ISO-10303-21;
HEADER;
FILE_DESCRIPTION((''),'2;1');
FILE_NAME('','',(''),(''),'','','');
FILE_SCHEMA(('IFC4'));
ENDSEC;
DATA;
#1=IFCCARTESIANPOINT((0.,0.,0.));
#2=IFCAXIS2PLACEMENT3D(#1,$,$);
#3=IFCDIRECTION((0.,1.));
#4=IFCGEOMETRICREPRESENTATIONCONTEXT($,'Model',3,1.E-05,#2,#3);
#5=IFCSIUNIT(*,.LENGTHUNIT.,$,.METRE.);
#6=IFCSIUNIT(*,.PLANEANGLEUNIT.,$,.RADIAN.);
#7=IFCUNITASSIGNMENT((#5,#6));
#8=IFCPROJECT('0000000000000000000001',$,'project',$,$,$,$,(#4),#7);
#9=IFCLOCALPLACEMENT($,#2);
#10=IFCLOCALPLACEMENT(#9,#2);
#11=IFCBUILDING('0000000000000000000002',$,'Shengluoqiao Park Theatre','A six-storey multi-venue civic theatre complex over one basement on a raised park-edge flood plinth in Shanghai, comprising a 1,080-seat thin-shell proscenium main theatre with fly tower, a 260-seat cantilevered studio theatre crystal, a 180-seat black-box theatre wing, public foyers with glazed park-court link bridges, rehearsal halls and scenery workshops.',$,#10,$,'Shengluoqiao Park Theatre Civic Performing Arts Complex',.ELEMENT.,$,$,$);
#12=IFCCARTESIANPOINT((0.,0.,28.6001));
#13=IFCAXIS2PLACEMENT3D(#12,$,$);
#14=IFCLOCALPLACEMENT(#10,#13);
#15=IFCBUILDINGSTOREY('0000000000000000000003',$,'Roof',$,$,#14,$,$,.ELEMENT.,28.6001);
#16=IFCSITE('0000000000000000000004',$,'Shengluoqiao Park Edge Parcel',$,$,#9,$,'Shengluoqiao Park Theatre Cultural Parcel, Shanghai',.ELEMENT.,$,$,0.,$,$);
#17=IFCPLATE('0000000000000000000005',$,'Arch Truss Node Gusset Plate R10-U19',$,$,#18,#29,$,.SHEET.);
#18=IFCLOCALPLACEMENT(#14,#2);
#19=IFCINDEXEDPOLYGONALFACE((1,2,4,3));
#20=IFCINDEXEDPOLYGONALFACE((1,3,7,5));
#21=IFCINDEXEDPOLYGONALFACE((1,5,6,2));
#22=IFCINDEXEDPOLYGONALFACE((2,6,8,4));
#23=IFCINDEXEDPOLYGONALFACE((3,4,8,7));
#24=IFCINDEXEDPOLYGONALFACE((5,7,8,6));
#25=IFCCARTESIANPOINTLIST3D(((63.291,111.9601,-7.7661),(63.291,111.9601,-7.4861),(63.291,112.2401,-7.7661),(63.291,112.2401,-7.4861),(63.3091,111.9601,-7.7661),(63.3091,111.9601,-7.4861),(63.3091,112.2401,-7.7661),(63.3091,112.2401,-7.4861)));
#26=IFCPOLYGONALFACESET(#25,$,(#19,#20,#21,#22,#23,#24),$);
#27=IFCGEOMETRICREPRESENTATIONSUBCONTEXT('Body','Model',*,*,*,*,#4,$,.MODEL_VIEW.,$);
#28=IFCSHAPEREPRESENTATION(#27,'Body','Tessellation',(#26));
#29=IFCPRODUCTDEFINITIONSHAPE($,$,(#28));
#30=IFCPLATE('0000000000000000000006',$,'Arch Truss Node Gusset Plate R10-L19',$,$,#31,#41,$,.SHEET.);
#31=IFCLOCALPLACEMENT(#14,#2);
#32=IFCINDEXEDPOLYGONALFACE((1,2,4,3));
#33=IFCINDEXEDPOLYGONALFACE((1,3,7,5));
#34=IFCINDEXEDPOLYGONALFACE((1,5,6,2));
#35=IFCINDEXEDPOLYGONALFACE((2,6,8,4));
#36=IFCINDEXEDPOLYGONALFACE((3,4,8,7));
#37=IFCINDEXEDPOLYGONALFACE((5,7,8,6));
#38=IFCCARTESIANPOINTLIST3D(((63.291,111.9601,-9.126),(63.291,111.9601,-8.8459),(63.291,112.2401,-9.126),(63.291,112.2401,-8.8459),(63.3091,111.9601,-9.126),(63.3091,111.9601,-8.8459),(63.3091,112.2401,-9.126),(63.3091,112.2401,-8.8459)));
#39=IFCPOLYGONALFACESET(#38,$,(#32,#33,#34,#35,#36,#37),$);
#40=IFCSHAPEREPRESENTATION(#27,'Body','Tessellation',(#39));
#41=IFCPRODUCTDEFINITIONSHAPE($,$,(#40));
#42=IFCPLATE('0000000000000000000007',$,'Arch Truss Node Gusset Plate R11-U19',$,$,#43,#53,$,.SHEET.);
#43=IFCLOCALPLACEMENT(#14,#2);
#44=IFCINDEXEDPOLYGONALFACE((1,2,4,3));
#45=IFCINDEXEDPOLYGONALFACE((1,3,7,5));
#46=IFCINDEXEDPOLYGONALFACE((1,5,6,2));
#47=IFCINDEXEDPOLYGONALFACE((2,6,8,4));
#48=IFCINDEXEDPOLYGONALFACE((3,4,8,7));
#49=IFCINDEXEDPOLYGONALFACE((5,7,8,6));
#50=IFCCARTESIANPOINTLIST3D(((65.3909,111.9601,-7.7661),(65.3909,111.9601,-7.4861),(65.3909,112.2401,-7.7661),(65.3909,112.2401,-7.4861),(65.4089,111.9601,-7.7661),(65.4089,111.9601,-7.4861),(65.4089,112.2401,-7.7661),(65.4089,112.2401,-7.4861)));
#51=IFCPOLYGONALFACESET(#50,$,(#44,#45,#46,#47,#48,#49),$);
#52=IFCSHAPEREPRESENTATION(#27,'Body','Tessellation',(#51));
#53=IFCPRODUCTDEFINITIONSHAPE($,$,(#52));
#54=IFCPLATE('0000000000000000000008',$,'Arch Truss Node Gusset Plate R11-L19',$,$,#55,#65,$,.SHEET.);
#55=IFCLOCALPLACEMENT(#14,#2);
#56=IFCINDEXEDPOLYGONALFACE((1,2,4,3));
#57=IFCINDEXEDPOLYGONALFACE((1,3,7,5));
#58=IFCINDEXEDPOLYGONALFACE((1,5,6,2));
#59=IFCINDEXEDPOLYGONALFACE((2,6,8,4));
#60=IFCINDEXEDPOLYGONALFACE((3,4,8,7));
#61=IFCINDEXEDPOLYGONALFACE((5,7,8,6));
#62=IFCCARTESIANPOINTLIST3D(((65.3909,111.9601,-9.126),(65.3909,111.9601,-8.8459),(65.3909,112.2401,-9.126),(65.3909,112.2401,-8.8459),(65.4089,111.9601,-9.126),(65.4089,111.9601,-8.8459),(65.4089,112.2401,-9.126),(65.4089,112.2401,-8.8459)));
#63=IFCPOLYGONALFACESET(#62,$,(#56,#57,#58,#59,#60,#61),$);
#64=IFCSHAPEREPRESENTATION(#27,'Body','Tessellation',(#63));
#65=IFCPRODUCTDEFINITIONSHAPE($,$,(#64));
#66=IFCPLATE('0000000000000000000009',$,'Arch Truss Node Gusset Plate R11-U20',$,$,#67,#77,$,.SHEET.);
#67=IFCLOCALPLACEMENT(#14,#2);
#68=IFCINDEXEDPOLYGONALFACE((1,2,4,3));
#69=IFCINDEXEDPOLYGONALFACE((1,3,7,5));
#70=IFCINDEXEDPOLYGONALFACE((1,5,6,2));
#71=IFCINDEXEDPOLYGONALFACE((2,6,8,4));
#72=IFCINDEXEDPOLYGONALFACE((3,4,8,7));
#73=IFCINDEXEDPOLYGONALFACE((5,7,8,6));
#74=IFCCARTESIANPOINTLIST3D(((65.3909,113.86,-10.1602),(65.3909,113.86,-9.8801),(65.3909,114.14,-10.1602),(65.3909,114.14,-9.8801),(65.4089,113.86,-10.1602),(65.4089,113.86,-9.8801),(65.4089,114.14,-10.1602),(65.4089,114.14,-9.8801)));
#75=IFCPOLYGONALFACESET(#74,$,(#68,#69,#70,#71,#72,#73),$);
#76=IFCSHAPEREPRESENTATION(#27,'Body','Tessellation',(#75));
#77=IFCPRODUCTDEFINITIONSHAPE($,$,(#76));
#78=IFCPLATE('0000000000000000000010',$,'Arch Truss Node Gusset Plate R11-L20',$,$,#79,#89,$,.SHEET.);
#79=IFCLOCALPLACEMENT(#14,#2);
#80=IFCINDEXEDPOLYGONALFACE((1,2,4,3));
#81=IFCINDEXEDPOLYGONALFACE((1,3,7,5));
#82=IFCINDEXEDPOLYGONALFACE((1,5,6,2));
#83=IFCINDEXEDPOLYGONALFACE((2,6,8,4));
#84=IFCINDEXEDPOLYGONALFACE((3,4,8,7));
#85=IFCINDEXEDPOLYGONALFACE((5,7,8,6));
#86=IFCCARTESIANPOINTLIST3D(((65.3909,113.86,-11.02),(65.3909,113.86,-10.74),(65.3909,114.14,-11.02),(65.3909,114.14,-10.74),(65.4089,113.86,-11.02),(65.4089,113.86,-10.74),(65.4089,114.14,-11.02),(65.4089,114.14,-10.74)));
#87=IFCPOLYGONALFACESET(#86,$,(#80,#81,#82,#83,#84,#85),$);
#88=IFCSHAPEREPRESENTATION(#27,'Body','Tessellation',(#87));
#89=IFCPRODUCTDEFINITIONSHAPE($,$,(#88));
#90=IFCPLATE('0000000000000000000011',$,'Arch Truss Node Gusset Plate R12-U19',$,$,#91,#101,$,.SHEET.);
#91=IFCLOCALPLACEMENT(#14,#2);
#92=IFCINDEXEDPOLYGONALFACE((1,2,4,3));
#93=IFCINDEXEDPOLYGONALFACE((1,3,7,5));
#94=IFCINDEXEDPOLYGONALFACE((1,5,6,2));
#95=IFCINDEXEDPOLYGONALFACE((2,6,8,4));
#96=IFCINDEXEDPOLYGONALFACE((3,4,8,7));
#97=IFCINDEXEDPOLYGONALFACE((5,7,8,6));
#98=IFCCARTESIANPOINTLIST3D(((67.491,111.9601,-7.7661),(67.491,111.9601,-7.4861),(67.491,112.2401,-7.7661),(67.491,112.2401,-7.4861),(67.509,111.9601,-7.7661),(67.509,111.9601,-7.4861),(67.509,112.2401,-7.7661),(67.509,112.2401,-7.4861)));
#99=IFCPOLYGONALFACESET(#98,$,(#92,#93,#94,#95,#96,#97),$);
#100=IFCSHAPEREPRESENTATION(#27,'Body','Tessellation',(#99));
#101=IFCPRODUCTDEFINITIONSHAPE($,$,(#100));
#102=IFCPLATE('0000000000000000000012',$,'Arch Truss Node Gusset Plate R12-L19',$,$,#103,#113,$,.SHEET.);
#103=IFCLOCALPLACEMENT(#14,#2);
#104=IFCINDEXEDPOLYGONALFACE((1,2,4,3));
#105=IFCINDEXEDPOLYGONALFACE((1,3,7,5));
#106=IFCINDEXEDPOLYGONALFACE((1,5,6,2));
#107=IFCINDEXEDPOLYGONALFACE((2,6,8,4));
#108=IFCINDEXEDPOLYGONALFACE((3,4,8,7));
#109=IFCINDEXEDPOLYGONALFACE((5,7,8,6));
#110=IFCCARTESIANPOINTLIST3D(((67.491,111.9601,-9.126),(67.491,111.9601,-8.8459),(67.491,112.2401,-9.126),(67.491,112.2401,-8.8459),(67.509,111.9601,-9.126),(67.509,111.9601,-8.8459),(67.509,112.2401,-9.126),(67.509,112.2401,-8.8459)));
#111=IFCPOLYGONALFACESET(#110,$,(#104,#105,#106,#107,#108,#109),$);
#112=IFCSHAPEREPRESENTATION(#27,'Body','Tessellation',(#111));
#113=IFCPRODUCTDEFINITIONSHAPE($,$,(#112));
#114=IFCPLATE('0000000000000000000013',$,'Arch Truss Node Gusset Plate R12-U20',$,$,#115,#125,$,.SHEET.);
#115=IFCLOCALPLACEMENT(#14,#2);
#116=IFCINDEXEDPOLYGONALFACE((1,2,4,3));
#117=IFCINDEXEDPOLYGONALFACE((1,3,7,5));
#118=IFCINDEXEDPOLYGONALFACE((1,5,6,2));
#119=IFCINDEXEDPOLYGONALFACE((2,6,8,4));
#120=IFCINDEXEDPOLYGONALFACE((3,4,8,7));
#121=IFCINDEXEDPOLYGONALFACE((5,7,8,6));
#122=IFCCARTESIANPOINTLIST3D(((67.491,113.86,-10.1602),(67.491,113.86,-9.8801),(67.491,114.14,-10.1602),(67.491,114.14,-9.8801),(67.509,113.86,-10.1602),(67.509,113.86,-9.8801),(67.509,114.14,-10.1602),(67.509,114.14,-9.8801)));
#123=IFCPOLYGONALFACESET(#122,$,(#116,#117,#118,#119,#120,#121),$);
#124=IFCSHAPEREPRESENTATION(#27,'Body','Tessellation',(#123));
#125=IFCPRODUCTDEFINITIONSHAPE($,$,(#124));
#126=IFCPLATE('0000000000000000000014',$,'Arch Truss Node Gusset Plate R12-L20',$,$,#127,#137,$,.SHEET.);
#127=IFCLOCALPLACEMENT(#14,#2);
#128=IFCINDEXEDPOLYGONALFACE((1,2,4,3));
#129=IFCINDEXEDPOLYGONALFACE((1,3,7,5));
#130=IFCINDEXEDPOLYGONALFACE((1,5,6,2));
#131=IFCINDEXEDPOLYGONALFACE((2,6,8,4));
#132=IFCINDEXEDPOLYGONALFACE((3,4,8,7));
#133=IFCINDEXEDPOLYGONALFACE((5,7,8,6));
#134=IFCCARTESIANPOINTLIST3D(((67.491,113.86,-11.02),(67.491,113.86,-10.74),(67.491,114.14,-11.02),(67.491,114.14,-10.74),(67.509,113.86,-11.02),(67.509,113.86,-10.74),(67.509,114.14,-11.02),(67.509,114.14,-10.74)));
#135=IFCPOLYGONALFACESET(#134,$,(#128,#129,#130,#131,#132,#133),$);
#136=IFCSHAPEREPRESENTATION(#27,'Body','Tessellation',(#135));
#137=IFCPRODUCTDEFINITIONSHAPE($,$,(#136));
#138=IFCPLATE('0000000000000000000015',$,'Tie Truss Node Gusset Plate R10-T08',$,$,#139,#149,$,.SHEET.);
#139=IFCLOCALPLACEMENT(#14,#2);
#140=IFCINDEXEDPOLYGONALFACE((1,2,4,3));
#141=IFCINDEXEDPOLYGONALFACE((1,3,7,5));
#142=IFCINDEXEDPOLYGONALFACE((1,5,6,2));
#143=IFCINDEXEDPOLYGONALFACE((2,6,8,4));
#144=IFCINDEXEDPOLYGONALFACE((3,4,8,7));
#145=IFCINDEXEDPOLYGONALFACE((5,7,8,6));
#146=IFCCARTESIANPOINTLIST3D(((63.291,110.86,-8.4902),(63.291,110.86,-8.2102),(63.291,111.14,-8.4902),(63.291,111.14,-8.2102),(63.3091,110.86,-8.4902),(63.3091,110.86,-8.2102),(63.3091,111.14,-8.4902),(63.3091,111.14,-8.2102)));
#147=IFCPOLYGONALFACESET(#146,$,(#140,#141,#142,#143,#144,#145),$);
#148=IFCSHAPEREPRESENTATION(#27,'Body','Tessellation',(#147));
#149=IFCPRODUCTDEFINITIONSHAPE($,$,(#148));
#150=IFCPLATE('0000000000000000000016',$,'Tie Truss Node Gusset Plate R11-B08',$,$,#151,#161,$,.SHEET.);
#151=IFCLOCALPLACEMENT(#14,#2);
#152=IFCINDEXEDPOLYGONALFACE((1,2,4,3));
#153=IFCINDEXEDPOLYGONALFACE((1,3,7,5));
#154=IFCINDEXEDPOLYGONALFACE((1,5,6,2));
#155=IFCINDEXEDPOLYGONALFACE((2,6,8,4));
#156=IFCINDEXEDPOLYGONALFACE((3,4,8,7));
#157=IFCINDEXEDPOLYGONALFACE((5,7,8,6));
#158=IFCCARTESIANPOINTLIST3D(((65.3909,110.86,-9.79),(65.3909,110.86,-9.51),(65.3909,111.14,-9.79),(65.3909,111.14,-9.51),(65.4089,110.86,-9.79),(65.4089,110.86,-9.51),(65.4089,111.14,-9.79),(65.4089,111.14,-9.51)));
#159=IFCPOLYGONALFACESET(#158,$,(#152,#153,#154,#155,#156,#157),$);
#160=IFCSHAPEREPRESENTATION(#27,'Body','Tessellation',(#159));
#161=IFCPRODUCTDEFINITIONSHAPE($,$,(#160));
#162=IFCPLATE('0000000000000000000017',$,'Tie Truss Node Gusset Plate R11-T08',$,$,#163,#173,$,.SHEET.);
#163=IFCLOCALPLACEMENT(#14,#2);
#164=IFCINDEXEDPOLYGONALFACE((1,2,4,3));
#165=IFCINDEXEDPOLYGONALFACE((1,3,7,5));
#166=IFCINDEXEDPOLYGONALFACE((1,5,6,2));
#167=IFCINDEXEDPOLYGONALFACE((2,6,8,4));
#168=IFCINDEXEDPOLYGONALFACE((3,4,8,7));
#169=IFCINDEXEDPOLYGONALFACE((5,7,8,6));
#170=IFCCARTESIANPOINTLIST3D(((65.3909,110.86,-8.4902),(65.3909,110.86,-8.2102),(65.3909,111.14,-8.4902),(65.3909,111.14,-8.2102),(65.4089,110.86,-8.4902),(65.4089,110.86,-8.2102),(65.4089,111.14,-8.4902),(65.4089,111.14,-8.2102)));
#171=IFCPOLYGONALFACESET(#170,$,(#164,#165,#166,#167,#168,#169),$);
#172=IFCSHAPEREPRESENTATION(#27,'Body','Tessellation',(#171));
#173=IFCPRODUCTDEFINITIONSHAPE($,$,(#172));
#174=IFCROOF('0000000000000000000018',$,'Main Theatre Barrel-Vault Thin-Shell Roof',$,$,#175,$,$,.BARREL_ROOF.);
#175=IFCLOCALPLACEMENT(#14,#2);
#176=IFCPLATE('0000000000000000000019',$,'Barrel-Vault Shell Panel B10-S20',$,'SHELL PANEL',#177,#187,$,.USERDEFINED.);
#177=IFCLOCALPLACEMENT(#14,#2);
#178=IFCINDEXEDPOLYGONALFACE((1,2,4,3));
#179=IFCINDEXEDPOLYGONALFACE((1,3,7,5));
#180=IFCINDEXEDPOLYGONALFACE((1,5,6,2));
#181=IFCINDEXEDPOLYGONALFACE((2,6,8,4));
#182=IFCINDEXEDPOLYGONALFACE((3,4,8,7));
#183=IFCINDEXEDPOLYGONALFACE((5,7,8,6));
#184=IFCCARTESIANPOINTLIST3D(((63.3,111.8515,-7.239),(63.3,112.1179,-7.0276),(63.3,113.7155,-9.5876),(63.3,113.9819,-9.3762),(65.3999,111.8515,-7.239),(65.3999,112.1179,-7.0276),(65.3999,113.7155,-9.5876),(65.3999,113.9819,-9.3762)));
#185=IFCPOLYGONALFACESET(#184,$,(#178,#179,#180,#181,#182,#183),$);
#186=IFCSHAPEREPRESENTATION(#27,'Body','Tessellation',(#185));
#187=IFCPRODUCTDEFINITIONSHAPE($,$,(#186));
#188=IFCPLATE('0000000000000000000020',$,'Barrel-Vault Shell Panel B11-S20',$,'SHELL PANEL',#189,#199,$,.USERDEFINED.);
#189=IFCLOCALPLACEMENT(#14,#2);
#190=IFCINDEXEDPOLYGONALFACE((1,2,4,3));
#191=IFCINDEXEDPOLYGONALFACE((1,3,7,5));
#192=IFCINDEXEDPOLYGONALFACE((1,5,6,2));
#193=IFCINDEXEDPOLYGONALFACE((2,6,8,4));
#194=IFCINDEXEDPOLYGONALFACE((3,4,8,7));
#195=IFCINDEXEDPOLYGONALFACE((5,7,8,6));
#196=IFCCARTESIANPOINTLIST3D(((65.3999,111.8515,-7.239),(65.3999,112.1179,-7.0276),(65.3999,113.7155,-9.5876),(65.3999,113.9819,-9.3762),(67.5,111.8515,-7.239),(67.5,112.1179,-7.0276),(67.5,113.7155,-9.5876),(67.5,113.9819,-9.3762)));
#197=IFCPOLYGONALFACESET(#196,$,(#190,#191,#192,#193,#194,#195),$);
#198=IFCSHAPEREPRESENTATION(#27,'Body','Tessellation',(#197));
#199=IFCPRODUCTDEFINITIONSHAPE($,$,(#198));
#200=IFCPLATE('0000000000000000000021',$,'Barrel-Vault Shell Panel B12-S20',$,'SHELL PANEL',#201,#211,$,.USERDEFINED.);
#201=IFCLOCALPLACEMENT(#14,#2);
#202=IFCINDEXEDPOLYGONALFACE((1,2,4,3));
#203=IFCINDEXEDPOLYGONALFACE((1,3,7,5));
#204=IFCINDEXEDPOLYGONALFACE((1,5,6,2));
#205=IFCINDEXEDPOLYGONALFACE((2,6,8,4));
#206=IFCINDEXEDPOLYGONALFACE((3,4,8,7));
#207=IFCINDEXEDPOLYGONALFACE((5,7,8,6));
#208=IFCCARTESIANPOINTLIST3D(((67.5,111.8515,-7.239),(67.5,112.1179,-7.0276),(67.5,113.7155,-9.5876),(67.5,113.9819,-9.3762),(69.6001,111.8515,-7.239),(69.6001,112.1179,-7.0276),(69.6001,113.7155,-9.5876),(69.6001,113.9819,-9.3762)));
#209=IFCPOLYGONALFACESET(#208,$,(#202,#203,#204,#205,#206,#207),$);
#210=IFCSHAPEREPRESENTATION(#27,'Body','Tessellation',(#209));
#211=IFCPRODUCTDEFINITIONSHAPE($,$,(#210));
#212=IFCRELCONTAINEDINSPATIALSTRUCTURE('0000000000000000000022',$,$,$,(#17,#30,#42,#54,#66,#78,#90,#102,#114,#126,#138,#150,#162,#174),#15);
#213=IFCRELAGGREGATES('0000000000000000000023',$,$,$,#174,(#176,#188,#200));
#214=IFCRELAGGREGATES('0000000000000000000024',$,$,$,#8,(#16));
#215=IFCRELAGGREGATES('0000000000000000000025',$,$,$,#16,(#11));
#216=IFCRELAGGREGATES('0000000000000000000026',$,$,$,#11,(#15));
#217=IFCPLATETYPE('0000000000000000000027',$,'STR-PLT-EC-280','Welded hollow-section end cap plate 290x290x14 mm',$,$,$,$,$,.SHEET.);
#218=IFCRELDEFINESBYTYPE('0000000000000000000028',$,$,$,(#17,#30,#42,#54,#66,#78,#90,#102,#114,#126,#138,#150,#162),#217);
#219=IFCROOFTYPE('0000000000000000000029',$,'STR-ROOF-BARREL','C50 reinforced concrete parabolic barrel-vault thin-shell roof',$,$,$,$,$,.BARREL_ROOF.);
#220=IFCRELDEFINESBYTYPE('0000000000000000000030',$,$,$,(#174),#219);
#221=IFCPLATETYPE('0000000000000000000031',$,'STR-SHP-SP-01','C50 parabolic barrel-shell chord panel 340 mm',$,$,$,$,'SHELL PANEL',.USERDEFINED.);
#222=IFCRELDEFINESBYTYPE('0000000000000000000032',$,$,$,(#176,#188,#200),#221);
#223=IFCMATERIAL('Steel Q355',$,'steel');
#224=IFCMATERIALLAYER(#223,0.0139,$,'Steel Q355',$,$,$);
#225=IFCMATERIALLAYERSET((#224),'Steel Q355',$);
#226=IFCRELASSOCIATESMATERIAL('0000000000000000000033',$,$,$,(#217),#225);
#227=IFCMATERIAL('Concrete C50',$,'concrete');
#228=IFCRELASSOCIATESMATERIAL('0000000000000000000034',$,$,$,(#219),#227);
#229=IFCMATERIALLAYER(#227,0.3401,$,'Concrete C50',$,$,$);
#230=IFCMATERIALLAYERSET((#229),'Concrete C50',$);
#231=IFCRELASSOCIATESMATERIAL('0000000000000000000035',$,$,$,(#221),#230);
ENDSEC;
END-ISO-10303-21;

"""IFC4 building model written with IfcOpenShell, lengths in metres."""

from ifc_helpers import new_model, si_unit, direction, frame, origin, origin_2d, place, context, subcontext, project, spatial, polyline, rectangle, outline, extrude, material, layer, layer_set, type_object, element, aggregate, save


model = new_model("IFC4")

# Units and contexts
model_context = context("Model", 3, precision=1e-05, world=origin(), true_north=direction((0.0, 1.0)))
body_context = subcontext(model_context, "Body", "Model", "MODEL_VIEW")
ifc_project = project(units=[si_unit("LENGTHUNIT", "METRE"), si_unit("PLANEANGLEUNIT", "RADIAN")], contexts=[model_context])

# Site, building, storey
site_placement = place(None, origin())
site = spatial("IfcSite", under=ifc_project, at=site_placement, Name="Shengluoqiao Park Edge Parcel", LongName="Shengluoqiao Park Theatre Cultural Parcel, Shanghai", CompositionType="ELEMENT", RefElevation=0.0)
building_placement = place(site_placement, origin())
building = spatial("IfcBuilding", under=site, at=building_placement, Name="Shengluoqiao Park Theatre", Description="A six-storey multi-venue civic theatre complex over one basement on a raised park-edge flood plinth in Shanghai, comprising a 1,080-seat thin-shell proscenium main theatre with fly tower, a 260-seat cantilevered studio theatre crystal, a 180-seat black-box theatre wing, public foyers with glazed park-court link bridges, rehearsal halls and scenery workshops.", LongName="Shengluoqiao Park Theatre Civic Performing Arts Complex", CompositionType="ELEMENT")
storey_placement = place(building_placement, frame((0.0, 0.0, 28.6001)))
storey = spatial("IfcBuildingStorey", under=building, at=storey_placement, Name="Roof", CompositionType="ELEMENT", Elevation=28.6001)

# Shared definitions
ifc_material_1 = material(Name="Concrete C50", Category="concrete")
ifc_material_2 = material(Name="Steel Q355", Category="steel")

# Plates
ifc_layer_1 = layer(ifc_material_2, 0.0139, Name="Steel Q355")
ifc_layer_set_1 = layer_set([ifc_layer_1], Name="Steel Q355")
plate_type_1 = type_object("IfcPlateType", Name="STR-PLT-EC-280", Description="Welded hollow-section end cap plate 290x290x14 mm", PredefinedType="SHEET", material=ifc_layer_set_1)
for number, where, z_axis, x_axis, name in (
    (1, (63.3, 112.1001, -7.7661), (0.0, 0.0, 1.0), (1.0, 0.0, 0.0), "Arch Truss Node Gusset Plate R10-U19"),
    (2, (63.3, 112.1001, -9.126), (0.0, 0.0, 1.0), (1.0, 0.0, 0.0), "Arch Truss Node Gusset Plate R10-L19"),
    (3, (65.3999, 112.1001, -7.7661), (0.0, 0.0, 1.0), (1.0, 0.0, 0.0), "Arch Truss Node Gusset Plate R11-U19"),
    (4, (65.3999, 112.1001, -9.126), (0.0, 0.0, 1.0), (1.0, 0.0, 0.0), "Arch Truss Node Gusset Plate R11-L19"),
    (5, (65.3999, 114.0, -10.1602), (0.0, 0.0, 1.0), (1.0, 0.0, 0.0), "Arch Truss Node Gusset Plate R11-U20"),
    (6, (65.3999, 114.0, -11.02), (0.0, 0.0, 1.0), (1.0, 0.0, 0.0), "Arch Truss Node Gusset Plate R11-L20"),
    (7, (67.5, 112.1001, -7.7661), (0.0, 0.0, 1.0), (1.0, 0.0, 0.0), "Arch Truss Node Gusset Plate R12-U19"),
    (8, (67.5, 112.1001, -9.126), (0.0, 0.0, 1.0), (1.0, 0.0, 0.0), "Arch Truss Node Gusset Plate R12-L19"),
    (9, (67.5, 114.0, -10.1602), (0.0, 0.0, 1.0), (1.0, 0.0, 0.0), "Arch Truss Node Gusset Plate R12-U20"),
    (10, (67.5, 114.0, -11.02), (0.0, 0.0, 1.0), (1.0, 0.0, 0.0), "Arch Truss Node Gusset Plate R12-L20"),
    (11, (63.3, 111.0, -8.4902), (0.0, 0.0, 1.0), (1.0, 0.0, 0.0), "Tie Truss Node Gusset Plate R10-T08"),
    (12, (65.3999, 111.0, -9.79), (0.0, 0.0, 1.0), (1.0, 0.0, 0.0), "Tie Truss Node Gusset Plate R11-B08"),
    (13, (65.3999, 111.0, -8.4902), (0.0, 0.0, 1.0), (1.0, 0.0, 0.0), "Tie Truss Node Gusset Plate R11-T08"),
):
    element("IfcPlate", number, at=place(storey_placement, frame(where, z_axis=z_axis, x_axis=x_axis)), inside=storey, type_object=plate_type_1, Name=name, PredefinedType="SHEET", context=body_context, shape_type="SweptSolid", body=[
        extrude(rectangle(XDim=0.0181, YDim=0.28, at=origin_2d()), origin(), (0.0, 0.0, 1.0), 0.28),
    ])

# Roof, plates
roof_type = type_object("IfcRoofType", Name="STR-ROOF-BARREL", Description="C50 reinforced concrete parabolic barrel-vault thin-shell roof", PredefinedType="BARREL_ROOF", material=ifc_material_1)
roof_placement = place(storey_placement, origin())
roof = element("IfcRoof", 14, at=roof_placement, inside=storey, type_object=roof_type, Name="Main Theatre Barrel-Vault Thin-Shell Roof", PredefinedType="BARREL_ROOF")
ifc_layer_2 = layer(ifc_material_1, 0.3401, Name="Concrete C50")
ifc_layer_set_2 = layer_set([ifc_layer_2], Name="Concrete C50")
plate_type_2 = type_object("IfcPlateType", Name="STR-SHP-SP-01", Description="C50 parabolic barrel-shell chord panel 340 mm", ElementType="SHELL PANEL", PredefinedType="USERDEFINED", material=ifc_layer_set_2)
plate_1_placement = place(storey_placement, frame((63.3, 112.1179, -7.0276), z_axis=(0.0, 0.783286, 0.621662), x_axis=(1.0, 0.0, 0.0)))
plate_1 = element("IfcPlate", 15, at=plate_1_placement, type_object=plate_type_2, Name="Barrel-Vault Shell Panel B10-S20", ObjectType="SHELL PANEL", PredefinedType="USERDEFINED", context=body_context, shape_type="SweptSolid", body=[
    extrude(outline(polyline([(0.0, 0.0), (2.0999, 0.0), (2.0999, 2.9984), (0.0, 2.9984), (0.0, 0.0)])), origin(), (0.0, 0.0, -1.0), 0.3401),
])
plate_2_placement = place(storey_placement, frame((65.3999, 112.1179, -7.0276), z_axis=(0.0, 0.783286, 0.621662), x_axis=(1.0, 0.0, 0.0)))
plate_2 = element("IfcPlate", 16, at=plate_2_placement, type_object=plate_type_2, Name="Barrel-Vault Shell Panel B11-S20", ObjectType="SHELL PANEL", PredefinedType="USERDEFINED", context=body_context, shape_type="SweptSolid", body=[
    extrude(outline(polyline([(0.0, 0.0), (2.1001, 0.0), (2.1001, 2.9984), (0.0, 2.9984), (0.0, 0.0)])), origin(), (0.0, 0.0, -1.0), 0.3401),
])
plate_3_placement = place(storey_placement, frame((67.5, 112.1179, -7.0276), z_axis=(0.0, 0.783286, 0.621662), x_axis=(1.0, 0.0, 0.0)))
plate_3 = element("IfcPlate", 17, at=plate_3_placement, type_object=plate_type_2, Name="Barrel-Vault Shell Panel B12-S20", ObjectType="SHELL PANEL", PredefinedType="USERDEFINED", context=body_context, shape_type="SweptSolid", body=[
    extrude(outline(polyline([(0.0, 0.0), (2.1001, 0.0), (2.1001, 2.9984), (0.0, 2.9984), (0.0, 0.0)])), origin(), (0.0, 0.0, -1.0), 0.3401),
])
aggregate(roof, [plate_1, plate_2, plate_3])

save(model, "model.ifc")
